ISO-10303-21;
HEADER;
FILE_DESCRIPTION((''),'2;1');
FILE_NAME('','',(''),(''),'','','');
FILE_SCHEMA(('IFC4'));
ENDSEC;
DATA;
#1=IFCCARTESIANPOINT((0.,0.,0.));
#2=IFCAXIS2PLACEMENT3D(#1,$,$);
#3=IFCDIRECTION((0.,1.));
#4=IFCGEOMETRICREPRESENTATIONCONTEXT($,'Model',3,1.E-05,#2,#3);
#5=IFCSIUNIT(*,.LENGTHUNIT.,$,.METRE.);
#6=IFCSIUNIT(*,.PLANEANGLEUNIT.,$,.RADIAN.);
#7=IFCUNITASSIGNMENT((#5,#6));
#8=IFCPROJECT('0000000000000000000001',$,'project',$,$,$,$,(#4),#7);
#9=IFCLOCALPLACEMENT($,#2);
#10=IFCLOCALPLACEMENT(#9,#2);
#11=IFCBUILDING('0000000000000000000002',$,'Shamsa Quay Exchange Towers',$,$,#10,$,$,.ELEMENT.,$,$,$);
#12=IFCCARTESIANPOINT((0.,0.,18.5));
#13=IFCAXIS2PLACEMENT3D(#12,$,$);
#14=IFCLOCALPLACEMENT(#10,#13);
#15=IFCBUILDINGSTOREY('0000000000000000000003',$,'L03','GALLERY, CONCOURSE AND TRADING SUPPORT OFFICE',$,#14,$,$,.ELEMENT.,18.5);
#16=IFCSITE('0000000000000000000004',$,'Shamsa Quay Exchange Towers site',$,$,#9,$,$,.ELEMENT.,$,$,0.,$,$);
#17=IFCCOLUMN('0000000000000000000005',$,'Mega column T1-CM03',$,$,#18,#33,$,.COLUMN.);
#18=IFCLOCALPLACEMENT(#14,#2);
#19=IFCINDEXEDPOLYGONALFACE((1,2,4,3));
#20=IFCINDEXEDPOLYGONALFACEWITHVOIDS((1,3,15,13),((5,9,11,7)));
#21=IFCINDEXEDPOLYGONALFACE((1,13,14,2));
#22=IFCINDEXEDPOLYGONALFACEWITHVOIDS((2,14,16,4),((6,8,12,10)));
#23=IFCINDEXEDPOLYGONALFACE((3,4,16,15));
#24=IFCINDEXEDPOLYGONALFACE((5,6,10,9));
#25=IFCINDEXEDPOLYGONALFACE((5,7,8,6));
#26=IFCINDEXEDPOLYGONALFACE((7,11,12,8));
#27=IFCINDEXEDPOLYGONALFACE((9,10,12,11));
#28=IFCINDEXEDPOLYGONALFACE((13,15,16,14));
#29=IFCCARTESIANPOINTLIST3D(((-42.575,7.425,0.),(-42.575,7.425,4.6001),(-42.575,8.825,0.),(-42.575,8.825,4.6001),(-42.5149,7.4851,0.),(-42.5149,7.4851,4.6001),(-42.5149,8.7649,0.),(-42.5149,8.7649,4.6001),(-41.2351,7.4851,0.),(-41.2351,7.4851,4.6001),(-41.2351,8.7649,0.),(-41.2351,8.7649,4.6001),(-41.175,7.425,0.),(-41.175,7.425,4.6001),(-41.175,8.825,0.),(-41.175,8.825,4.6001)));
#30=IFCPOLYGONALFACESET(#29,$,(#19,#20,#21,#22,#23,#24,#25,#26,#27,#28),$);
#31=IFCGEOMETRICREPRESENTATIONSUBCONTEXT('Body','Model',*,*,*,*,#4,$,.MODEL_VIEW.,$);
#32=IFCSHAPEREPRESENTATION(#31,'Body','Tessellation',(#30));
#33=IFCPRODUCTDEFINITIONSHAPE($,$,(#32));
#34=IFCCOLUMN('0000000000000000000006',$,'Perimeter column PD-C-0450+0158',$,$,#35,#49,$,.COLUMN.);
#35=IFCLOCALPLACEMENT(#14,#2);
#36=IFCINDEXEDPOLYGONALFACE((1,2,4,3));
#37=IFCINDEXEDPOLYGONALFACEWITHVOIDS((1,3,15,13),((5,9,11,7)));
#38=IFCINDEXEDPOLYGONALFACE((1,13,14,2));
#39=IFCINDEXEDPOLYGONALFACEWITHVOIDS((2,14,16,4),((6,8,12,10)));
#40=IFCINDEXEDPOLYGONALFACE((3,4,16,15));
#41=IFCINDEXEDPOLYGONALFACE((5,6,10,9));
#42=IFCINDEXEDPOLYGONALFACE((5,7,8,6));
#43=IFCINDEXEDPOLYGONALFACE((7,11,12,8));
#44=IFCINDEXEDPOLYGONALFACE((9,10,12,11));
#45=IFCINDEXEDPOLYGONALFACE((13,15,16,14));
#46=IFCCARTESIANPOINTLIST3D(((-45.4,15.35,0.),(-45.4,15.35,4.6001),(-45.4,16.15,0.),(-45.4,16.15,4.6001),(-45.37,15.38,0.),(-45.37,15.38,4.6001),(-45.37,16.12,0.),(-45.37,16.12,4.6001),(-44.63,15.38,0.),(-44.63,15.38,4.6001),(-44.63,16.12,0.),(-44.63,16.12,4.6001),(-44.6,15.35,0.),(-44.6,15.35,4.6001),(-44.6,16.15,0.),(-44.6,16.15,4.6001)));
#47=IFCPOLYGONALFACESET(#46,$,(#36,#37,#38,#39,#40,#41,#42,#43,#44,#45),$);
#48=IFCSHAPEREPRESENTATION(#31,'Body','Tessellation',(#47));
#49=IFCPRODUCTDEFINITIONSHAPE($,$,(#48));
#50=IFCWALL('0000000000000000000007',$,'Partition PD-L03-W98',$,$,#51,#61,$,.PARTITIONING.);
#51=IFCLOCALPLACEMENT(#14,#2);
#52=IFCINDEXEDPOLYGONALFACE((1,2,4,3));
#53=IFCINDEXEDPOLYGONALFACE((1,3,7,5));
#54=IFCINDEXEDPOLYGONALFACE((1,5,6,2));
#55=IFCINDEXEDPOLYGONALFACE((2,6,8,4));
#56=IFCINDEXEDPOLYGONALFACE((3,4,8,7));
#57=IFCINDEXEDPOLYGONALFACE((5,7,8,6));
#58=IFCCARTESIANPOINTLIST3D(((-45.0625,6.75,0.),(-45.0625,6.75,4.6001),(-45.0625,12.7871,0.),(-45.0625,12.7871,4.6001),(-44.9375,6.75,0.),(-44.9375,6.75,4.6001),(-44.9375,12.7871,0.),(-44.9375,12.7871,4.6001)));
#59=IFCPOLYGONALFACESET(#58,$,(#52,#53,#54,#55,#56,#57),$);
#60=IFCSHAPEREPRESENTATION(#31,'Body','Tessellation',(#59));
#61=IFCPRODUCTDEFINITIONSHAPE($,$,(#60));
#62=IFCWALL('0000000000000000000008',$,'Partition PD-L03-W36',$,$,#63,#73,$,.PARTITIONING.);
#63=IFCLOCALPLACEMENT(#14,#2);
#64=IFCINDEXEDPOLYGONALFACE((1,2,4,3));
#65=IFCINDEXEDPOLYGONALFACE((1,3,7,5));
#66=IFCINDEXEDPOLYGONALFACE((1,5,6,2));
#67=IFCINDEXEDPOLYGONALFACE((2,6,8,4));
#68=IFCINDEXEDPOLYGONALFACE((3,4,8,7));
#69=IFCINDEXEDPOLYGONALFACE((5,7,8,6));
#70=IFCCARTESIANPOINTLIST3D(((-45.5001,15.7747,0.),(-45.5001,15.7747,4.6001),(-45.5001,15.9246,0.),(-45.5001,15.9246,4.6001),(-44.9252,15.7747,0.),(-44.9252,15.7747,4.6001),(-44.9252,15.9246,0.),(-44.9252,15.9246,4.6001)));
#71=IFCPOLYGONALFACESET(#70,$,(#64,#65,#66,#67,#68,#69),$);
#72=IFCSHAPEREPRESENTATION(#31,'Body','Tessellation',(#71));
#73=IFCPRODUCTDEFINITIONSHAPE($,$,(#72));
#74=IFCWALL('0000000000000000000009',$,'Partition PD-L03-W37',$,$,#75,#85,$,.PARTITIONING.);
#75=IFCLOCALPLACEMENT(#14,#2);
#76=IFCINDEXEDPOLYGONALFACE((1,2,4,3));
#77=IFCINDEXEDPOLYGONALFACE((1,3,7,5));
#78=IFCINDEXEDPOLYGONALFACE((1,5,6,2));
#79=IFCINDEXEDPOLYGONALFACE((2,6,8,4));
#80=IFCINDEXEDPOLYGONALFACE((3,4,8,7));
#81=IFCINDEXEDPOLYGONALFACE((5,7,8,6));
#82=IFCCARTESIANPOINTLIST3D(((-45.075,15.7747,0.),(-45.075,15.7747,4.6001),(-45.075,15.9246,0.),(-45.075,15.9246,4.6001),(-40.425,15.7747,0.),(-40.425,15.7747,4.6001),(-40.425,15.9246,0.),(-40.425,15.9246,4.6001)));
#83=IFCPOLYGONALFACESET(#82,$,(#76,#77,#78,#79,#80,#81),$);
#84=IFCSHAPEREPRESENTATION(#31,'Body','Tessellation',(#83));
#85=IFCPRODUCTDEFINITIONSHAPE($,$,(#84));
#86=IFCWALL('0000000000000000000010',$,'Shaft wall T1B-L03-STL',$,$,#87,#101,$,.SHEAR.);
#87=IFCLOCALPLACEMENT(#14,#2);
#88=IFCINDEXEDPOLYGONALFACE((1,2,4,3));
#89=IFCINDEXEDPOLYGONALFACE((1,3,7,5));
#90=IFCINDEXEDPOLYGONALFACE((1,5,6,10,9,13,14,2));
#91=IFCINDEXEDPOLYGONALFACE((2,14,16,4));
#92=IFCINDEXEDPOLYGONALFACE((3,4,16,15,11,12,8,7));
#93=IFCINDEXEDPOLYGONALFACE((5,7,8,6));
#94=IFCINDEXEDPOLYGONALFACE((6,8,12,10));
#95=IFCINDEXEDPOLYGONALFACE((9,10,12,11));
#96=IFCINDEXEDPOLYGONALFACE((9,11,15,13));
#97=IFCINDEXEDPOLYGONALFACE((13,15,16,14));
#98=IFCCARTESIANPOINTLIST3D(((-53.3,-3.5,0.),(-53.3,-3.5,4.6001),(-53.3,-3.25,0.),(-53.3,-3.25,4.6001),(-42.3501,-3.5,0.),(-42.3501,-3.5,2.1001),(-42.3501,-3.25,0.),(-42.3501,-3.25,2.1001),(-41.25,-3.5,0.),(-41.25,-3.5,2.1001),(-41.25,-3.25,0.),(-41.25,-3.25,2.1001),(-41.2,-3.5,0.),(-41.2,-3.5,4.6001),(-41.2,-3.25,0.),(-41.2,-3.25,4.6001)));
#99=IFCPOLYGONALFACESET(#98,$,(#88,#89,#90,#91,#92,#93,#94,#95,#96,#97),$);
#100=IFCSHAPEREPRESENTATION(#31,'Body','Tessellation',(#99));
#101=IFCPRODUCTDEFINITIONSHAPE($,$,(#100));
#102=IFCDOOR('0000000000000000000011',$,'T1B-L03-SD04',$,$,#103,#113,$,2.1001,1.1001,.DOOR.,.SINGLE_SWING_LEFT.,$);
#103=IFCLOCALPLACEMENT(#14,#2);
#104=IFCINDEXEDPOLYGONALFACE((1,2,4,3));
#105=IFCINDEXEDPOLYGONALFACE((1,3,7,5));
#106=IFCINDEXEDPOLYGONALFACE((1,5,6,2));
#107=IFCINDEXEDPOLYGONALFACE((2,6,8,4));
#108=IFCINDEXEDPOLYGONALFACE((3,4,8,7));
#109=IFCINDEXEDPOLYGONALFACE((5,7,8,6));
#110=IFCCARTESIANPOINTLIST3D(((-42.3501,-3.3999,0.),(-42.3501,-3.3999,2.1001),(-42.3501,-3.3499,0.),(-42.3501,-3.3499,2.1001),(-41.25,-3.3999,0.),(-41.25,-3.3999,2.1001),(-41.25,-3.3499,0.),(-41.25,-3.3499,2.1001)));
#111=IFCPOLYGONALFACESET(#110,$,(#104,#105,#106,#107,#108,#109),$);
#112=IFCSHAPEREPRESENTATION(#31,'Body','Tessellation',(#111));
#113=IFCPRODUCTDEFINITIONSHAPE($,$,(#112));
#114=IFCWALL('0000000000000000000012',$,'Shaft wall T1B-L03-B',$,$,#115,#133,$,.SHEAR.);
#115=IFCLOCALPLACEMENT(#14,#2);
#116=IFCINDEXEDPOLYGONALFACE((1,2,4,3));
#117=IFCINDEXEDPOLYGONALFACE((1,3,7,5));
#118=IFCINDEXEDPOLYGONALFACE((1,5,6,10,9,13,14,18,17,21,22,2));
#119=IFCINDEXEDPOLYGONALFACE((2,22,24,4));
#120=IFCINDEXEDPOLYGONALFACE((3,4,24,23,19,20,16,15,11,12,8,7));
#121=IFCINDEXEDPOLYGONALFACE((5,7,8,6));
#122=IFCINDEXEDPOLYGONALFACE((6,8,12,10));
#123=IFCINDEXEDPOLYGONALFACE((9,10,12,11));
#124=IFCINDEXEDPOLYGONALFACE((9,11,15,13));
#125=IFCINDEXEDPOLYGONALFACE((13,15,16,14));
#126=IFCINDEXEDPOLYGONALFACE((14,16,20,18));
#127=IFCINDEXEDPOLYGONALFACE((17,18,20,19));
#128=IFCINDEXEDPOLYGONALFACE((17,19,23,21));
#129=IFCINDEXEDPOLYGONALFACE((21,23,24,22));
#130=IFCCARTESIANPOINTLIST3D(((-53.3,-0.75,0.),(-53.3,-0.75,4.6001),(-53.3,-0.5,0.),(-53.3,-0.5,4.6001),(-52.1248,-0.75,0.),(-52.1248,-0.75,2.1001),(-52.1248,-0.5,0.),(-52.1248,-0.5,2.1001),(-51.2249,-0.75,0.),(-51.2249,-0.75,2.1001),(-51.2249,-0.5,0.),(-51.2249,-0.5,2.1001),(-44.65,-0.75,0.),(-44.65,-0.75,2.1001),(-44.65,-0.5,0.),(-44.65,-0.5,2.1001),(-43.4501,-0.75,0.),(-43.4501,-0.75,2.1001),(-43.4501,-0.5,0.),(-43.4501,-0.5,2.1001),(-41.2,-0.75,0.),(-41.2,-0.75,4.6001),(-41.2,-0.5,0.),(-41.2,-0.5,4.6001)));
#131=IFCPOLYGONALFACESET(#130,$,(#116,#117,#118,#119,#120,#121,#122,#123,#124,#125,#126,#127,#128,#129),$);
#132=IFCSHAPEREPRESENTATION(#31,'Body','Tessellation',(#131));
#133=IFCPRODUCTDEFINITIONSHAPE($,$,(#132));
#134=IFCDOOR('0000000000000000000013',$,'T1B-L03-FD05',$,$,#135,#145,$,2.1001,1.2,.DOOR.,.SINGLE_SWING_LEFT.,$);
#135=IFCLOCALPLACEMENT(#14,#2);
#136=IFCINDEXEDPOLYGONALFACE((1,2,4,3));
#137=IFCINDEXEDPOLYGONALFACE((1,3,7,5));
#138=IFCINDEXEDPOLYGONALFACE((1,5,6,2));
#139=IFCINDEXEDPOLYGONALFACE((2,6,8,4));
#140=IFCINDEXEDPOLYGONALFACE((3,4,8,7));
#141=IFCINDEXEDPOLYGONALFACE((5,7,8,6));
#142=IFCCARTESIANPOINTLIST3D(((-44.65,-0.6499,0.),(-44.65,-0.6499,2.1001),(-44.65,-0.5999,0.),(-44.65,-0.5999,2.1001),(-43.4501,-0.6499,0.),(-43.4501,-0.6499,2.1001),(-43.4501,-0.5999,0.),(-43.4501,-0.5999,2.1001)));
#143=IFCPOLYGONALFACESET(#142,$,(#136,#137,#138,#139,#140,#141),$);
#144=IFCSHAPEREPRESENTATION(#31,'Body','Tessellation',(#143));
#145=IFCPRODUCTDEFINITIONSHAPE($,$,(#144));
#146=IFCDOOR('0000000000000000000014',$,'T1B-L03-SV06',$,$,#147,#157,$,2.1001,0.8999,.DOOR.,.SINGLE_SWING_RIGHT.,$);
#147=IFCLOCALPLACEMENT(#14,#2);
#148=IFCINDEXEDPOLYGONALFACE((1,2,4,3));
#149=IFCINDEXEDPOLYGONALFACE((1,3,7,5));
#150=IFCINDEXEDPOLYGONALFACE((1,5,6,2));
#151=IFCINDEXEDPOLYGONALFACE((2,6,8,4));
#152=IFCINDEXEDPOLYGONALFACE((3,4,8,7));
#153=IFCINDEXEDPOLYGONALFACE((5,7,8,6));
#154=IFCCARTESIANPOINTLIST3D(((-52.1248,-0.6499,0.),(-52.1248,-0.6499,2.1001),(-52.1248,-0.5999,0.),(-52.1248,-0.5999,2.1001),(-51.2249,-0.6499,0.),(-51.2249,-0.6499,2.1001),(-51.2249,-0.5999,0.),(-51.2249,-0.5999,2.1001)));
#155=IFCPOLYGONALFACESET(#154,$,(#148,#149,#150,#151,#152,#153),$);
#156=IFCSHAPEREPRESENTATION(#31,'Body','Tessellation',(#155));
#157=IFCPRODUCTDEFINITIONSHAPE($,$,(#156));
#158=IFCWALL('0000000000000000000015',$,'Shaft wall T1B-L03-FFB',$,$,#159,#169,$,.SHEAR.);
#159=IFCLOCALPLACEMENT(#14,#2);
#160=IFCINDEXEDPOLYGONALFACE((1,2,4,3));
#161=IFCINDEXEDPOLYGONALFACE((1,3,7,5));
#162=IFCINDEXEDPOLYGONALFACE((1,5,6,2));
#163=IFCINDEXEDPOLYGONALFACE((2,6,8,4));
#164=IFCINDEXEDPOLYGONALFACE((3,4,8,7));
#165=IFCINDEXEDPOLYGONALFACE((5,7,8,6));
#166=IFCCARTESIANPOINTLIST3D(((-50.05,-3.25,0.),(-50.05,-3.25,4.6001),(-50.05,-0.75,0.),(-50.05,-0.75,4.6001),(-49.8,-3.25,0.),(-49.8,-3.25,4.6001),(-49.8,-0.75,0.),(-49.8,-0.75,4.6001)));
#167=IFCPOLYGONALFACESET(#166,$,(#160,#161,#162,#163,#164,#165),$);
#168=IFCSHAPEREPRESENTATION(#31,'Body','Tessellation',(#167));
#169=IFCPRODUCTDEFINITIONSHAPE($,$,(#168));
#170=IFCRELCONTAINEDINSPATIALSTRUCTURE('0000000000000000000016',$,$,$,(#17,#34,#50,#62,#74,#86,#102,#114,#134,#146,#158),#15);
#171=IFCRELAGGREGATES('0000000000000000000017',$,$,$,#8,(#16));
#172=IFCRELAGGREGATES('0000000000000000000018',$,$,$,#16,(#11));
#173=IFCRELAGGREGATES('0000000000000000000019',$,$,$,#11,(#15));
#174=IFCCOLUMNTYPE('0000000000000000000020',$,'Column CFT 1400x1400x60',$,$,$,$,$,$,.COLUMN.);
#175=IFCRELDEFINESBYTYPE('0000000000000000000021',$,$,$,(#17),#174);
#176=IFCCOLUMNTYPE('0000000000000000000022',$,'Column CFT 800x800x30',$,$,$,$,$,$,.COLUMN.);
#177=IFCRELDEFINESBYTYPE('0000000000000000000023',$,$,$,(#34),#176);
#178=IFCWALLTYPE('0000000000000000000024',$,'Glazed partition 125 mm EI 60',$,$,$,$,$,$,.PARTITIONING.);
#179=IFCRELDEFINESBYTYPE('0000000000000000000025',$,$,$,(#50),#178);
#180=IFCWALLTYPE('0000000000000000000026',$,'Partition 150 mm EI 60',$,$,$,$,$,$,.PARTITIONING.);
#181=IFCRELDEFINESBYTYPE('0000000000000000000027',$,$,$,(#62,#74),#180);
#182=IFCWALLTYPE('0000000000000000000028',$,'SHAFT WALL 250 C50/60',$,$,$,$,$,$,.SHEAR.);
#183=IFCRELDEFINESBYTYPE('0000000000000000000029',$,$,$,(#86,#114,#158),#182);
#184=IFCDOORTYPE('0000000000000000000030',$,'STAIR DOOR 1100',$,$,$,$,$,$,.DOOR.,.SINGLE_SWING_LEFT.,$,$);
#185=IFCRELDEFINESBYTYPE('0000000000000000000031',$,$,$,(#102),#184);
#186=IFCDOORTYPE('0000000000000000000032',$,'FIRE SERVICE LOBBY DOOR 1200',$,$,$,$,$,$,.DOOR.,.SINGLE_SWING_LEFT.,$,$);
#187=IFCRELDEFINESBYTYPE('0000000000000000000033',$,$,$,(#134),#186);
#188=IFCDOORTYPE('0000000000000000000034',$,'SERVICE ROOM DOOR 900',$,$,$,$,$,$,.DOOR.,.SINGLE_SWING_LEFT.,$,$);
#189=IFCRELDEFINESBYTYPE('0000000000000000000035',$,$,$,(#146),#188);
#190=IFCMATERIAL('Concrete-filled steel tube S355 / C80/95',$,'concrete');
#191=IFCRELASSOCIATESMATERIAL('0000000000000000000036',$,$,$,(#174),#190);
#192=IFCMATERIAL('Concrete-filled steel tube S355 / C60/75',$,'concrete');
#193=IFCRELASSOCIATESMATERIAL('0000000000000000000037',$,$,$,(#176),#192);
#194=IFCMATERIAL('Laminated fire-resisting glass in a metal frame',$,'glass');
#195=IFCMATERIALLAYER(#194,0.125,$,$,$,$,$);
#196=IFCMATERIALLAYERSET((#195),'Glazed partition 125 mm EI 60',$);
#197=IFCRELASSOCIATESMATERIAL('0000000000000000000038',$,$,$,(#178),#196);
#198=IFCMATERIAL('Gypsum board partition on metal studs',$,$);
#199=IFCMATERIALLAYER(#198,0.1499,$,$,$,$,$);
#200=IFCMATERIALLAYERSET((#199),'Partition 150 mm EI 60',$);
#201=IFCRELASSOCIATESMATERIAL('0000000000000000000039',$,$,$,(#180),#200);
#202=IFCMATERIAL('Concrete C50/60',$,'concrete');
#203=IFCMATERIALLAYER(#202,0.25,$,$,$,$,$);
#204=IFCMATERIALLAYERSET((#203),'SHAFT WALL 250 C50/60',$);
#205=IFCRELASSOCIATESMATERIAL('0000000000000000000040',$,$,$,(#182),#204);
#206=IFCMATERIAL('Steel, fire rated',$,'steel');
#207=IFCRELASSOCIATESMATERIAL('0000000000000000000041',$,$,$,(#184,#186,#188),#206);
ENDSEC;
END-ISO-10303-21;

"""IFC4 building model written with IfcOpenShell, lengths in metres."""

from ifc_helpers import new_model, si_unit, direction, frame, frame_2d, origin, origin_2d, place, context, subcontext, project, spatial, rectangle, hollow_rectangle, extrude, material, layer, layer_set, material_profile, profile_set, type_object, element, fill, save


model = new_model("IFC4")

# Units and contexts
model_context = context("Model", 3, precision=1e-05, world=origin(), true_north=direction((0.0, 1.0)))
body_context = subcontext(model_context, "Body", "Model", "MODEL_VIEW")
ifc_project = project(units=[si_unit("LENGTHUNIT", "METRE"), si_unit("PLANEANGLEUNIT", "RADIAN")], contexts=[model_context])

# Site, building, storey
site_placement = place(None, origin())
site = spatial("IfcSite", under=ifc_project, at=site_placement, Name="Shamsa Quay Exchange Towers site", CompositionType="ELEMENT", RefElevation=0.0)
building_placement = place(site_placement, origin())
building = spatial("IfcBuilding", under=site, at=building_placement, Name="Shamsa Quay Exchange Towers", CompositionType="ELEMENT")
storey_placement = place(building_placement, frame((0.0, 0.0, 18.5)))
storey = spatial("IfcBuildingStorey", under=building, at=storey_placement, Name="L03", Description="GALLERY, CONCOURSE AND TRADING SUPPORT OFFICE", CompositionType="ELEMENT", Elevation=18.5)

# Columns
ifc_material_1 = material(Name="Concrete-filled steel tube S355 / C80/95", Category="concrete")
ifc_material_profile_1 = material_profile(ifc_material_1, hollow_rectangle(XDim=1.3999, YDim=1.3999, WallThickness=0.0601, at=origin_2d()), Name="CFT 1400x1400x60")
ifc_profile_set_1 = profile_set([ifc_material_profile_1], Name="Concrete-filled steel tube S355 / C80/95")
column_type_1 = type_object("IfcColumnType", Name="Column CFT 1400x1400x60", PredefinedType="COLUMN", material=ifc_profile_set_1)
column_1_placement = place(storey_placement, frame((-41.875, 8.125, 0.0)))
element("IfcColumn", 1, at=column_1_placement, inside=storey, type_object=column_type_1, Name="Mega column T1-CM03", PredefinedType="COLUMN", context=body_context, shape_type="SweptSolid", body=[
    extrude(hollow_rectangle(XDim=1.3999, YDim=1.3999, WallThickness=0.0601, at=origin_2d()), origin(), (0.0, 0.0, 1.0), 4.6001),
])
ifc_material_2 = material(Name="Concrete-filled steel tube S355 / C60/75", Category="concrete")
ifc_material_profile_2 = material_profile(ifc_material_2, hollow_rectangle(XDim=0.8, YDim=0.8, WallThickness=0.03, at=origin_2d()), Name="CFT 800x800x30")
ifc_profile_set_2 = profile_set([ifc_material_profile_2], Name="Concrete-filled steel tube S355 / C60/75")
column_type_2 = type_object("IfcColumnType", Name="Column CFT 800x800x30", PredefinedType="COLUMN", material=ifc_profile_set_2)
column_2_placement = place(storey_placement, frame((-45.0, 15.75, 0.0)))
element("IfcColumn", 2, at=column_2_placement, inside=storey, type_object=column_type_2, Name="Perimeter column PD-C-0450+0158", PredefinedType="COLUMN", context=body_context, shape_type="SweptSolid", body=[
    extrude(hollow_rectangle(XDim=0.8, YDim=0.8, WallThickness=0.03, at=origin_2d()), origin(), (0.0, 0.0, 1.0), 4.6001),
])

# Walls
ifc_material_3 = material(Name="Laminated fire-resisting glass in a metal frame", Category="glass")
ifc_layer_1 = layer(ifc_material_3, 0.125)
ifc_layer_set_1 = layer_set([ifc_layer_1], Name="Glazed partition 125 mm EI 60")
wall_type_1 = type_object("IfcWallType", Name="Glazed partition 125 mm EI 60", PredefinedType="PARTITIONING", material=ifc_layer_set_1)
wall_1_placement = place(storey_placement, frame((-45.0, 6.75, 0.0), z_axis=(0.0, 0.0, 1.0), x_axis=(0.0, 1.0, 0.0)))
element("IfcWall", 3, at=wall_1_placement, inside=storey, type_object=wall_type_1, Name="Partition PD-L03-W98", PredefinedType="PARTITIONING", context=body_context, shape_type="SweptSolid", body=[
    extrude(rectangle(XDim=6.0371, YDim=0.125, at=frame_2d((3.0186, 0.0))), origin(), (0.0, 0.0, 1.0), 4.6001),
])
ifc_material_4 = material(Name="Gypsum board partition on metal studs")
ifc_layer_2 = layer(ifc_material_4, 0.1499)
ifc_layer_set_2 = layer_set([ifc_layer_2], Name="Partition 150 mm EI 60")
wall_type_2 = type_object("IfcWallType", Name="Partition 150 mm EI 60", PredefinedType="PARTITIONING", material=ifc_layer_set_2)
wall_2_placement = place(storey_placement, frame((-44.925, 15.8496, 0.0), z_axis=(0.0, 0.0, 1.0), x_axis=(-1.0, 0.0, 0.0)))
element("IfcWall", 4, at=wall_2_placement, inside=storey, type_object=wall_type_2, Name="Partition PD-L03-W36", PredefinedType="PARTITIONING", context=body_context, shape_type="SweptSolid", body=[
    extrude(rectangle(XDim=0.575, YDim=0.1499, at=frame_2d((0.2876, 0.0))), origin(), (0.0, 0.0, 1.0), 4.6001),
])
wall_3_placement = place(storey_placement, frame((-45.075, 15.8496, 0.0)))
element("IfcWall", 5, at=wall_3_placement, inside=storey, type_object=wall_type_2, Name="Partition PD-L03-W37", PredefinedType="PARTITIONING", context=body_context, shape_type="SweptSolid", body=[
    extrude(rectangle(XDim=4.6499, YDim=0.1499, at=frame_2d((2.325, 0.0))), origin(), (0.0, 0.0, 1.0), 4.6001),
])

# Wall, opening, door
ifc_material_5 = material(Name="Concrete C50/60", Category="concrete")
ifc_layer_3 = layer(ifc_material_5, 0.25)
ifc_layer_set_3 = layer_set([ifc_layer_3], Name="SHAFT WALL 250 C50/60")
wall_type_3 = type_object("IfcWallType", Name="SHAFT WALL 250 C50/60", PredefinedType="SHEAR", material=ifc_layer_set_3)
wall_4_placement = place(storey_placement, frame((-41.2, -3.375, 0.0), z_axis=(0.0, 0.0, 1.0), x_axis=(-1.0, 0.0, 0.0)))
wall_4 = element("IfcWall", 6, at=wall_4_placement, inside=storey, type_object=wall_type_3, Name="Shaft wall T1B-L03-STL", PredefinedType="SHEAR", context=body_context, shape_type="SweptSolid", body=[
    extrude(rectangle(XDim=12.1001, YDim=0.25, at=frame_2d((6.05, 0.0))), origin(), (0.0, 0.0, 1.0), 4.6001),
])
opening_1_placement = place(wall_4_placement, frame((0.05, 0.0, 0.0)))
opening_1 = element("IfcOpeningElement", 7, at=opening_1_placement, cuts=wall_4, PredefinedType="OPENING", context=body_context, shape_type="SweptSolid", body=[
    extrude(rectangle(XDim=1.1001, YDim=2.1001, at=frame_2d((0.55, 1.05))), frame((0.0, 0.135, 0.0), z_axis=(0.0, -1.0, 0.0), x_axis=(1.0, 0.0, 0.0)), (0.0, 0.0, 1.0), 0.27),
])
ifc_material_6 = material(Name="Steel, fire rated", Category="steel")
door_type_1 = type_object("IfcDoorType", Name="STAIR DOOR 1100", OperationType="SINGLE_SWING_LEFT", PredefinedType="DOOR", material=ifc_material_6)
door_1_placement = place(opening_1_placement, origin())
door_1 = element("IfcDoor", 8, at=door_1_placement, inside=storey, type_object=door_type_1, Name="T1B-L03-SD04", OperationType="SINGLE_SWING_LEFT", OverallHeight=2.1001, OverallWidth=1.1001, PredefinedType="DOOR", context=body_context, shape_type="SweptSolid", body=[
    extrude(rectangle(XDim=1.1001, YDim=2.1001, at=frame_2d((0.55, 1.05))), frame((0.0, 0.0249, 0.0), z_axis=(0.0, -1.0, 0.0), x_axis=(1.0, 0.0, 0.0)), (0.0, 0.0, 1.0), 0.05),
])
fill(opening_1, door_1)

# Wall, openings, doors
wall_5_placement = place(storey_placement, frame((-41.2, -0.625, 0.0), z_axis=(0.0, 0.0, 1.0), x_axis=(-1.0, 0.0, 0.0)))
wall_5 = element("IfcWall", 9, at=wall_5_placement, inside=storey, type_object=wall_type_3, Name="Shaft wall T1B-L03-B", PredefinedType="SHEAR", context=body_context, shape_type="SweptSolid", body=[
    extrude(rectangle(XDim=12.1001, YDim=0.25, at=frame_2d((6.05, 0.0))), origin(), (0.0, 0.0, 1.0), 4.6001),
])
opening_2_placement = place(wall_5_placement, frame((2.25, 0.0, 0.0)))
opening_2 = element("IfcOpeningElement", 10, at=opening_2_placement, cuts=wall_5, PredefinedType="OPENING", context=body_context, shape_type="SweptSolid", body=[
    extrude(rectangle(XDim=1.2, YDim=2.1001, at=frame_2d((0.6001, 1.05))), frame((0.0, 0.135, 0.0), z_axis=(0.0, -1.0, 0.0), x_axis=(1.0, 0.0, 0.0)), (0.0, 0.0, 1.0), 0.27),
])
opening_3_placement = place(wall_5_placement, frame((10.0249, 0.0, 0.0)))
opening_3 = element("IfcOpeningElement", 11, at=opening_3_placement, cuts=wall_5, PredefinedType="OPENING", context=body_context, shape_type="SweptSolid", body=[
    extrude(rectangle(XDim=0.8999, YDim=2.1001, at=frame_2d((0.45, 1.05))), frame((0.0, 0.135, 0.0), z_axis=(0.0, -1.0, 0.0), x_axis=(1.0, 0.0, 0.0)), (0.0, 0.0, 1.0), 0.27),
])
door_type_2 = type_object("IfcDoorType", Name="FIRE SERVICE LOBBY DOOR 1200", OperationType="SINGLE_SWING_LEFT", PredefinedType="DOOR", material=ifc_material_6)
door_2_placement = place(opening_2_placement, origin())
door_2 = element("IfcDoor", 12, at=door_2_placement, inside=storey, type_object=door_type_2, Name="T1B-L03-FD05", OperationType="SINGLE_SWING_LEFT", OverallHeight=2.1001, OverallWidth=1.2, PredefinedType="DOOR", context=body_context, shape_type="SweptSolid", body=[
    extrude(rectangle(XDim=1.2, YDim=2.1001, at=frame_2d((0.6001, 1.05))), frame((0.0, 0.0249, 0.0), z_axis=(0.0, -1.0, 0.0), x_axis=(1.0, 0.0, 0.0)), (0.0, 0.0, 1.0), 0.05),
])
fill(opening_2, door_2)
door_type_3 = type_object("IfcDoorType", Name="SERVICE ROOM DOOR 900", OperationType="SINGLE_SWING_LEFT", PredefinedType="DOOR", material=ifc_material_6)
door_3_placement = place(opening_3_placement, origin())
door_3 = element("IfcDoor", 13, at=door_3_placement, inside=storey, type_object=door_type_3, Name="T1B-L03-SV06", OperationType="SINGLE_SWING_RIGHT", OverallHeight=2.1001, OverallWidth=0.8999, PredefinedType="DOOR", context=body_context, shape_type="SweptSolid", body=[
    extrude(rectangle(XDim=0.8999, YDim=2.1001, at=frame_2d((0.45, 1.05))), frame((0.0, 0.0249, 0.0), z_axis=(0.0, -1.0, 0.0), x_axis=(1.0, 0.0, 0.0)), (0.0, 0.0, 1.0), 0.05),
])
fill(opening_3, door_3)

# Wall
wall_6_placement = place(storey_placement, frame((-49.925, -3.25, 0.0), z_axis=(0.0, 0.0, 1.0), x_axis=(0.0, 1.0, 0.0)))
element("IfcWall", 14, at=wall_6_placement, inside=storey, type_object=wall_type_3, Name="Shaft wall T1B-L03-FFB", PredefinedType="SHEAR", context=body_context, shape_type="SweptSolid", body=[
    extrude(rectangle(XDim=2.5, YDim=0.25, at=frame_2d((1.25, 0.0))), origin(), (0.0, 0.0, 1.0), 4.6001),
])

save(model, "model.ifc")
